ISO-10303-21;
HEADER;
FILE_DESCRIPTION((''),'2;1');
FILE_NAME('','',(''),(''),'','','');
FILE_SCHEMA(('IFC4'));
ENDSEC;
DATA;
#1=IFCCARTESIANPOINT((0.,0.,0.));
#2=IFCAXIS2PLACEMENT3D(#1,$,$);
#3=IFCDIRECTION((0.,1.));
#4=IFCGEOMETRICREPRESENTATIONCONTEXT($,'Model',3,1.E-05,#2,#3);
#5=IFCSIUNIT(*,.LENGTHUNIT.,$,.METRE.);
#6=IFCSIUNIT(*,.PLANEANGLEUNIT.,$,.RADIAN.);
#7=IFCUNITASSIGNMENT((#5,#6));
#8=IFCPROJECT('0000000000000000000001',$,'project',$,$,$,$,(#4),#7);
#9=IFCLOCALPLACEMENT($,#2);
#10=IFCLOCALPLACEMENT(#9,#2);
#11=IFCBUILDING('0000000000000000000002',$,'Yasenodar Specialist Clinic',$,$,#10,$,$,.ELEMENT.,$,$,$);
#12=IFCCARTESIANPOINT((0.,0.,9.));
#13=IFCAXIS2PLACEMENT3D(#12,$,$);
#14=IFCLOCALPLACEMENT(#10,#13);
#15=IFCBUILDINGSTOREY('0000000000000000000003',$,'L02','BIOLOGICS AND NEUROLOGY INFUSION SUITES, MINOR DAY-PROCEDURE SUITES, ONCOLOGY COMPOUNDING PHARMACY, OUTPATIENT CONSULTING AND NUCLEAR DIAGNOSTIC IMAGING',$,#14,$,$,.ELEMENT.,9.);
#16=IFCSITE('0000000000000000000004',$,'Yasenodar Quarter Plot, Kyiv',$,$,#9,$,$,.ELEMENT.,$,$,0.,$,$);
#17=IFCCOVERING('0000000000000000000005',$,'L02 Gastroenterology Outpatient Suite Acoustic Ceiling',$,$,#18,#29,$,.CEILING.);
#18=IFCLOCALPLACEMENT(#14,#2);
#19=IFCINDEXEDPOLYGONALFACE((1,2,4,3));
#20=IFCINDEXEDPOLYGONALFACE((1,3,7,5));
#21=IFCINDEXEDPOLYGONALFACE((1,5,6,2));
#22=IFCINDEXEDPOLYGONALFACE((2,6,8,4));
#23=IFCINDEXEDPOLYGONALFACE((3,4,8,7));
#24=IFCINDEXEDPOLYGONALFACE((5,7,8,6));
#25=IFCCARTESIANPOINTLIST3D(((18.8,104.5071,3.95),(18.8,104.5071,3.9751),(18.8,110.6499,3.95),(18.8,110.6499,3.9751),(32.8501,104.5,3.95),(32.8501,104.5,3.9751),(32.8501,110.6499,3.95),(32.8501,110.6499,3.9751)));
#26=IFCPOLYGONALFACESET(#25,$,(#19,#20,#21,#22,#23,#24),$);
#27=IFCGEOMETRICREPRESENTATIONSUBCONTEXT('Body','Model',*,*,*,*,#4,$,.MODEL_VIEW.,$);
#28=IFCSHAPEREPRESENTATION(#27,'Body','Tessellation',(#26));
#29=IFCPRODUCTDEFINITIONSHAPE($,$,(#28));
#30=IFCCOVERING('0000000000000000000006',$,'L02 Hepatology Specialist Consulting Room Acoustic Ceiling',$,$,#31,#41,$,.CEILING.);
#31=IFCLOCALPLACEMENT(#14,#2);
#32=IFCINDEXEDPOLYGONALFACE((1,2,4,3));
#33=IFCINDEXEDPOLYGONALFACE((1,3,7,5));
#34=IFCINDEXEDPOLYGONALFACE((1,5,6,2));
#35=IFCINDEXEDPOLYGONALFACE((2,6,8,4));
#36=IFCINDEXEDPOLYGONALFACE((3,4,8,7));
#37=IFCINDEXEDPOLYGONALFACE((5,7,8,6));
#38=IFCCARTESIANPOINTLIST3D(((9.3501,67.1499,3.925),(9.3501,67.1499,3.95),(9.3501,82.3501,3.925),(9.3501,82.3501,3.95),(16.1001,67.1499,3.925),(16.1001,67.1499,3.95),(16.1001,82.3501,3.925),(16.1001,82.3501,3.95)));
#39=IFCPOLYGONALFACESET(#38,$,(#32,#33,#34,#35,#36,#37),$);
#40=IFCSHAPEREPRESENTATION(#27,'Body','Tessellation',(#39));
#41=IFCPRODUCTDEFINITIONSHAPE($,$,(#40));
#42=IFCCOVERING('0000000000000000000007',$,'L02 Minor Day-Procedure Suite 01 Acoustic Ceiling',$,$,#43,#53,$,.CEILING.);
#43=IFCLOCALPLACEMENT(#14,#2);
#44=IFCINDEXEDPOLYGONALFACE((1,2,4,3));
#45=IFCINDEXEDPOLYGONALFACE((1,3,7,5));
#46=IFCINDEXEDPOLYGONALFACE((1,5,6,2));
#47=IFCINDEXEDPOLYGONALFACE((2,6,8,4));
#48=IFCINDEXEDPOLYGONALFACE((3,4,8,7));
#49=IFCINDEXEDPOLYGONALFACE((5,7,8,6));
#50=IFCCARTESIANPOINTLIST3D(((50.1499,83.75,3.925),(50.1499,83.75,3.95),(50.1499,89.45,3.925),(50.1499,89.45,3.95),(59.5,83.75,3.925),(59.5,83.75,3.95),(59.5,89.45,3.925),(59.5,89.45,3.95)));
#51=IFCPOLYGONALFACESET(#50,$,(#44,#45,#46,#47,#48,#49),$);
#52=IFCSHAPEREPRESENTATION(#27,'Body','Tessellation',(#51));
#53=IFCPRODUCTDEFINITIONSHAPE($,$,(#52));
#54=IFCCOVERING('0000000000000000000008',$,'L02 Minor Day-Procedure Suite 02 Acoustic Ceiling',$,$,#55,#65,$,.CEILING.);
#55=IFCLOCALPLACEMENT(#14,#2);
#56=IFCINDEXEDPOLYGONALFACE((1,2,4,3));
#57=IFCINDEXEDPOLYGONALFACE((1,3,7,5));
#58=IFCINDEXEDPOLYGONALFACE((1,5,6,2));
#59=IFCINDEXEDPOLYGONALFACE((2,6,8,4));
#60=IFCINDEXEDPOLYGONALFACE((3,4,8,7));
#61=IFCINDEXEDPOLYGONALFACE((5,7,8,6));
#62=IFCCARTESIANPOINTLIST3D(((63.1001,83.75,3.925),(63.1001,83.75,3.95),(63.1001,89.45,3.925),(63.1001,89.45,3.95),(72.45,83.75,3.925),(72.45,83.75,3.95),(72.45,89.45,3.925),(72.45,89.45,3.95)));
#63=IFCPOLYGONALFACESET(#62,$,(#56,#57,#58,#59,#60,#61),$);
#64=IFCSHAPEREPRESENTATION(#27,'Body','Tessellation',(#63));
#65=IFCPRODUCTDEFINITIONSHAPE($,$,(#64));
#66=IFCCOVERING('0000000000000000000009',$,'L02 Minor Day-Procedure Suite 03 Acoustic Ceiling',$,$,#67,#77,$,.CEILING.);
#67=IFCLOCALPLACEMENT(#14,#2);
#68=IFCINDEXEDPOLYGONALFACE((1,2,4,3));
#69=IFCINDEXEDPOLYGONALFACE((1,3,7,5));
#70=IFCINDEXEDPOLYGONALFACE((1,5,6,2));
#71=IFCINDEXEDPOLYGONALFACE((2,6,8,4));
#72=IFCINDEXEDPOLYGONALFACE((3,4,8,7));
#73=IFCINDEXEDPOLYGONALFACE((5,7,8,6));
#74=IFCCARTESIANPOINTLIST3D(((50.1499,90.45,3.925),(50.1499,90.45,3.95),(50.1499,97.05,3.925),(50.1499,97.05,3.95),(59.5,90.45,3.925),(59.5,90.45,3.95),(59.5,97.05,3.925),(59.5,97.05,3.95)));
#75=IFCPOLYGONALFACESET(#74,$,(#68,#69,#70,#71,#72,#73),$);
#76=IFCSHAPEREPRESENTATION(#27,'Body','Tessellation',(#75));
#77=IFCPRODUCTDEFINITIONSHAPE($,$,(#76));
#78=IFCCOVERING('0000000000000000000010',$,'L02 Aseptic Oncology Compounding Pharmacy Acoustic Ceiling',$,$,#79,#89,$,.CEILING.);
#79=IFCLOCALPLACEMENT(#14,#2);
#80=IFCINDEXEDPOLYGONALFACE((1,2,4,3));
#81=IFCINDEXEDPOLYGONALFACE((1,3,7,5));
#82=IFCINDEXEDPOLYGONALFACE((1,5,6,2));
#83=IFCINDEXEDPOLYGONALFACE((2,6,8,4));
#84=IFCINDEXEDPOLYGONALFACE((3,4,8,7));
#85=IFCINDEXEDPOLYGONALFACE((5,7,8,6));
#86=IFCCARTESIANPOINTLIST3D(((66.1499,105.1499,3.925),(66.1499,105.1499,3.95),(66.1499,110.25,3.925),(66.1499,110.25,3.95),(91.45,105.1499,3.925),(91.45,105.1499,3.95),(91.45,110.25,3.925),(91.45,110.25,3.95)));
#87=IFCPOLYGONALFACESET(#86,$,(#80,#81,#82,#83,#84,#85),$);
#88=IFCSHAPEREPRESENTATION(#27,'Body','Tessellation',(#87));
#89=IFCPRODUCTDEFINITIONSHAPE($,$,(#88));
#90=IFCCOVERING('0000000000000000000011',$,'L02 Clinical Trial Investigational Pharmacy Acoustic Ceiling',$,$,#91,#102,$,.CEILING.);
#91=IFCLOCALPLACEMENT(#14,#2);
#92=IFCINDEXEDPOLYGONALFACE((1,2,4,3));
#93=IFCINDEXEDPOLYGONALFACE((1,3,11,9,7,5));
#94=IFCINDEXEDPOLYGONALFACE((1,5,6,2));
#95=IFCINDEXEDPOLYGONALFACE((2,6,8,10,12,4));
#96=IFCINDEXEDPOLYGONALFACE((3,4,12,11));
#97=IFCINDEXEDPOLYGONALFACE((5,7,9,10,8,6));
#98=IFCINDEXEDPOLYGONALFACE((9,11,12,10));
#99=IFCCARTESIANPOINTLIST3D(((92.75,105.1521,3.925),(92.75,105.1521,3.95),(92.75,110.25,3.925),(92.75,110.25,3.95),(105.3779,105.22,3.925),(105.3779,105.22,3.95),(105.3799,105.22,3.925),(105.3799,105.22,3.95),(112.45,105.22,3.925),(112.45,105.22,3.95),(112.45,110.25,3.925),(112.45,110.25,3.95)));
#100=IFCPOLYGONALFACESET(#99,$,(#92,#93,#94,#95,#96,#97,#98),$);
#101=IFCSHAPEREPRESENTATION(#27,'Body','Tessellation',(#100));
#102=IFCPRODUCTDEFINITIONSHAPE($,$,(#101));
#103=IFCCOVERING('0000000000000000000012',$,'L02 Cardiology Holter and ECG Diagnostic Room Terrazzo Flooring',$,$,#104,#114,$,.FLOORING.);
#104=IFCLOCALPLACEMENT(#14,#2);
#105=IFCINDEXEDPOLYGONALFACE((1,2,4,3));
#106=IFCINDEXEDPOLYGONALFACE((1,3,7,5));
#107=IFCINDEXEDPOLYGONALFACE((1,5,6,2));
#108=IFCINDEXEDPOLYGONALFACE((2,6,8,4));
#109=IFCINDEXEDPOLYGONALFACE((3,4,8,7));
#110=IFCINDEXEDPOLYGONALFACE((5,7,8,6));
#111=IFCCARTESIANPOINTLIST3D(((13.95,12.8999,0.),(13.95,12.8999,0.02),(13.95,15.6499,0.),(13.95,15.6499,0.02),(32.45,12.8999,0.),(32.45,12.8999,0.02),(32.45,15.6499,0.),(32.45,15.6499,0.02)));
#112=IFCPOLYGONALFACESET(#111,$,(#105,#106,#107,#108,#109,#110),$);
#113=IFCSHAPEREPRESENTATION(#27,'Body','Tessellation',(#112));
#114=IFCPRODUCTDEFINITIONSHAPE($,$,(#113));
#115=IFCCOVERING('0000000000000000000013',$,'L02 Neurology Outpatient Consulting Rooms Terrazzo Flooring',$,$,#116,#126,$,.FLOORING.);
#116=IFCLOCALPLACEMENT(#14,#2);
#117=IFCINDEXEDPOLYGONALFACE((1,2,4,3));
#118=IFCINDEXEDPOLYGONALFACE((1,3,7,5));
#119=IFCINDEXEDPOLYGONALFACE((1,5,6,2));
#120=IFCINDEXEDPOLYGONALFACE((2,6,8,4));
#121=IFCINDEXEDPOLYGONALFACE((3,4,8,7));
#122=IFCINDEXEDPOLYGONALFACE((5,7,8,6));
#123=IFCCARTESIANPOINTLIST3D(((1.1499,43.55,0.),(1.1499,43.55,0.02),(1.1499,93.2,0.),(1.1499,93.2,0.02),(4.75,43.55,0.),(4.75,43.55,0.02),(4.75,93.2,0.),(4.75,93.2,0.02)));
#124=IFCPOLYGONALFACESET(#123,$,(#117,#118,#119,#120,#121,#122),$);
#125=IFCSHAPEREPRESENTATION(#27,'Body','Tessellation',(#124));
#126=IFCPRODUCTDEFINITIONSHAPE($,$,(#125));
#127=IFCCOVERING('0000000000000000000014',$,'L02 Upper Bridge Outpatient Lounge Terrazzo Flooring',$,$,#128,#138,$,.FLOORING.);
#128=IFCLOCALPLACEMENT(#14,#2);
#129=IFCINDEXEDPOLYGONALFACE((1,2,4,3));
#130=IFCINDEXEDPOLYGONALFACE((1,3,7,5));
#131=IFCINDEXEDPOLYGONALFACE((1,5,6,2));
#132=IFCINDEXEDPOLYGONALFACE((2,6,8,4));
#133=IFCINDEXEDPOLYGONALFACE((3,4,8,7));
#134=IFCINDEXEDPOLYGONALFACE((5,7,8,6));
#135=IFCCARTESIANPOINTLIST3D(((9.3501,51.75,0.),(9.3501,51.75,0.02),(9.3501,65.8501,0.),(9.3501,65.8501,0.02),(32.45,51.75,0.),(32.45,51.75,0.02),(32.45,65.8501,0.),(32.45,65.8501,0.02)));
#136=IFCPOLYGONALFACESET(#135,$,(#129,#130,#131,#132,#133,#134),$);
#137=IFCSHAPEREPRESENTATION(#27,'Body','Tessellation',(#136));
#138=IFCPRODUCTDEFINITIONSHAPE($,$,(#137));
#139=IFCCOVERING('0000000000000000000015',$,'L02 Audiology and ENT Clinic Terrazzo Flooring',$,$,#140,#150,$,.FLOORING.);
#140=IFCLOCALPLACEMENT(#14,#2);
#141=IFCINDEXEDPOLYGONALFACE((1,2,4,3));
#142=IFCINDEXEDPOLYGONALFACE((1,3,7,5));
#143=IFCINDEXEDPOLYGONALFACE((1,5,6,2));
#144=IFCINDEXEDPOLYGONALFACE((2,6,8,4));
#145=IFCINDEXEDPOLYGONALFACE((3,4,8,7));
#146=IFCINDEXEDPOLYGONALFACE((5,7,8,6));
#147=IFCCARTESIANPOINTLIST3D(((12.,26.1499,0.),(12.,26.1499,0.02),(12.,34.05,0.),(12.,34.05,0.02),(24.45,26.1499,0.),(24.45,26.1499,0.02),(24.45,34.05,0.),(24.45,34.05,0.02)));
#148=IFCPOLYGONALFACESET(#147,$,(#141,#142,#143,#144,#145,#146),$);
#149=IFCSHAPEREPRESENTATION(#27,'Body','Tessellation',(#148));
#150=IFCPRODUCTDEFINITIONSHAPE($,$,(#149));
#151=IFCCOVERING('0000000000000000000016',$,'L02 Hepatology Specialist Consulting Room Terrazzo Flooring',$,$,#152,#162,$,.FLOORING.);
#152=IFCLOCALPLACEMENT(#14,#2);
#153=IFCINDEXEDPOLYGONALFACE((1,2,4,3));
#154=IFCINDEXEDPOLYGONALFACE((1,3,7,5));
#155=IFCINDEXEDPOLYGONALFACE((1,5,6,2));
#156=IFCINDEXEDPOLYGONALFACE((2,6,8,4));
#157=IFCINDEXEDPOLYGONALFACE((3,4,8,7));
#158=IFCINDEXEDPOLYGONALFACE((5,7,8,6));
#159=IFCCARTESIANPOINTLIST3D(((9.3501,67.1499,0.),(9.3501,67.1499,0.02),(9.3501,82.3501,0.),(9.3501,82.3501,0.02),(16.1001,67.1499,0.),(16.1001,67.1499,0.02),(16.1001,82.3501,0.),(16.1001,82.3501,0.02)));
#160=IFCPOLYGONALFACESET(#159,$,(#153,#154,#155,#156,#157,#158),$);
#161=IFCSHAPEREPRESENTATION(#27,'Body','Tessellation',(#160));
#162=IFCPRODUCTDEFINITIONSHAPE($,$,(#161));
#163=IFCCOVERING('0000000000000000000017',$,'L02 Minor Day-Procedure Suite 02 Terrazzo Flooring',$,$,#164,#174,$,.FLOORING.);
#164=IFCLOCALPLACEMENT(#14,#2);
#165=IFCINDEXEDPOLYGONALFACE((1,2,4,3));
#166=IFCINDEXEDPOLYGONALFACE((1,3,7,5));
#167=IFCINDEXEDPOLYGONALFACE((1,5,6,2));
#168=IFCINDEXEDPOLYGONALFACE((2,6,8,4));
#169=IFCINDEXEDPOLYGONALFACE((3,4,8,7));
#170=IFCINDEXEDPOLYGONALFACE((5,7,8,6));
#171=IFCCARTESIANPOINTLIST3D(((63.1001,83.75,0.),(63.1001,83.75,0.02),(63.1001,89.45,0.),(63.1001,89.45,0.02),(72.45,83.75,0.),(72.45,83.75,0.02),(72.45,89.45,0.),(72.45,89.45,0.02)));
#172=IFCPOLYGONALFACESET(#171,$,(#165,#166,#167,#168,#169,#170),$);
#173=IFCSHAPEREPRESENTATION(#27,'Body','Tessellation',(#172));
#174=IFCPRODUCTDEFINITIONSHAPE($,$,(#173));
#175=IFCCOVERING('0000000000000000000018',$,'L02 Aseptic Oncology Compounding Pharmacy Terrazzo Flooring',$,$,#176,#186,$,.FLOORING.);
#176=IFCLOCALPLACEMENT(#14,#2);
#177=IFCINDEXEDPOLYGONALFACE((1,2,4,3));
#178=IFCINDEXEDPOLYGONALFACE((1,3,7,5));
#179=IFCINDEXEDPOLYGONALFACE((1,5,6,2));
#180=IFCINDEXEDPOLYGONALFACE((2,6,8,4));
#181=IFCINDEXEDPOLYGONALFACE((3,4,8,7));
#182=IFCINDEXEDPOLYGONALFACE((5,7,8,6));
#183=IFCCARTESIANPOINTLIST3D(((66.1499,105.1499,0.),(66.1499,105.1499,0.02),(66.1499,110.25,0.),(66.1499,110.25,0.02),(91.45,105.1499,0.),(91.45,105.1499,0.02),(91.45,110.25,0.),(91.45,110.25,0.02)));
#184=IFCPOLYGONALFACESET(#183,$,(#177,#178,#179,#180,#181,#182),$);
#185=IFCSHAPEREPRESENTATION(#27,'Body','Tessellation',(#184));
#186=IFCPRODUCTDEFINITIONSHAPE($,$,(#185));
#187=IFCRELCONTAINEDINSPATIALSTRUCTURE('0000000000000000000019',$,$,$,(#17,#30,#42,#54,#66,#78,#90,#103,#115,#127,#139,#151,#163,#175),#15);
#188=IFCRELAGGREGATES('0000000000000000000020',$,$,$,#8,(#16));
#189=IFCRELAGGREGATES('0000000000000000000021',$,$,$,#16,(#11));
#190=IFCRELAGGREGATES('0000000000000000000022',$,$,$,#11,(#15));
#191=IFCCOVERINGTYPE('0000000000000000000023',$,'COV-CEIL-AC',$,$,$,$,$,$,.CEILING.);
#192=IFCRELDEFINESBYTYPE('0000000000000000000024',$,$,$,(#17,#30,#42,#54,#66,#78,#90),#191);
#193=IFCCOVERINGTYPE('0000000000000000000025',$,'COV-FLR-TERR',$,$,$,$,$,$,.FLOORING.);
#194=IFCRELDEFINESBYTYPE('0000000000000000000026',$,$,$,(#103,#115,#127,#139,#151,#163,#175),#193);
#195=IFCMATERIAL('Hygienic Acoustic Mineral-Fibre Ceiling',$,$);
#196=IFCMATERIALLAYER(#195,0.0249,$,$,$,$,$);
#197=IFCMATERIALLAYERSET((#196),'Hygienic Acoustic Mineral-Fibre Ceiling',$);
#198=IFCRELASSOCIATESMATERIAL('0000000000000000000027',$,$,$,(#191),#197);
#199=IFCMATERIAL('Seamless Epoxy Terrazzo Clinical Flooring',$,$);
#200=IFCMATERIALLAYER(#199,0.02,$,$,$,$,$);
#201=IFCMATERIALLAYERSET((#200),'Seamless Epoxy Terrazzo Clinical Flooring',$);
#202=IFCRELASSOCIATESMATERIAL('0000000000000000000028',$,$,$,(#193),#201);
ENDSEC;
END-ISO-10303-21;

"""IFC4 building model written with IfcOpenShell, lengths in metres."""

from ifc_helpers import new_model, si_unit, direction, frame, origin, place, context, subcontext, project, spatial, polyline, outline, extrude, material, layer, layer_set, type_object, element, save


model = new_model("IFC4")

# Units and contexts
model_context = context("Model", 3, precision=1e-05, world=origin(), true_north=direction((0.0, 1.0)))
body_context = subcontext(model_context, "Body", "Model", "MODEL_VIEW")
ifc_project = project(units=[si_unit("LENGTHUNIT", "METRE"), si_unit("PLANEANGLEUNIT", "RADIAN")], contexts=[model_context])

# Site, building, storey
site_placement = place(None, origin())
site = spatial("IfcSite", under=ifc_project, at=site_placement, Name="Yasenodar Quarter Plot, Kyiv", CompositionType="ELEMENT", RefElevation=0.0)
building_placement = place(site_placement, origin())
building = spatial("IfcBuilding", under=site, at=building_placement, Name="Yasenodar Specialist Clinic", CompositionType="ELEMENT")
storey_placement = place(building_placement, frame((0.0, 0.0, 9.0)))
storey = spatial("IfcBuildingStorey", under=building, at=storey_placement, Name="L02", Description="BIOLOGICS AND NEUROLOGY INFUSION SUITES, MINOR DAY-PROCEDURE SUITES, ONCOLOGY COMPOUNDING PHARMACY, OUTPATIENT CONSULTING AND NUCLEAR DIAGNOSTIC IMAGING", CompositionType="ELEMENT", Elevation=9.0)

# Coverings
ifc_material_1 = material(Name="Hygienic Acoustic Mineral-Fibre Ceiling")
ifc_layer_1 = layer(ifc_material_1, 0.0249)
ifc_layer_set_1 = layer_set([ifc_layer_1], Name="Hygienic Acoustic Mineral-Fibre Ceiling")
covering_type_1 = type_object("IfcCoveringType", Name="COV-CEIL-AC", PredefinedType="CEILING", material=ifc_layer_set_1)
covering_1_placement = place(storey_placement, frame((0.0, 0.0, 3.95)))
element("IfcCovering", 1, at=covering_1_placement, inside=storey, type_object=covering_type_1, Name="L02 Gastroenterology Outpatient Suite Acoustic Ceiling", PredefinedType="CEILING", context=body_context, shape_type="SweptSolid", body=[
    extrude(outline(polyline([(32.8501, 104.5), (18.8, 104.5071), (18.8, 110.6499), (32.8501, 110.6499), (32.8501, 104.5)])), origin(), (0.0, 0.0, 1.0), 0.0251),
])
covering_2_placement = place(storey_placement, frame((0.0, 0.0, 3.925)))
element("IfcCovering", 2, at=covering_2_placement, inside=storey, type_object=covering_type_1, Name="L02 Hepatology Specialist Consulting Room Acoustic Ceiling", PredefinedType="CEILING", context=body_context, shape_type="SweptSolid", body=[
    extrude(outline(polyline([(16.1001, 82.3501), (16.1001, 67.1499), (9.3501, 67.1499), (9.3501, 82.3501), (16.1001, 82.3501)])), origin(), (0.0, 0.0, 1.0), 0.0249),
])
covering_3_placement = place(storey_placement, frame((0.0, 0.0, 3.925)))
element("IfcCovering", 3, at=covering_3_placement, inside=storey, type_object=covering_type_1, Name="L02 Minor Day-Procedure Suite 01 Acoustic Ceiling", PredefinedType="CEILING", context=body_context, shape_type="SweptSolid", body=[
    extrude(outline(polyline([(59.5, 89.45), (59.5, 83.75), (50.1499, 83.75), (50.1499, 89.45), (59.5, 89.45)])), origin(), (0.0, 0.0, 1.0), 0.0249),
])
covering_4_placement = place(storey_placement, frame((0.0, 0.0, 3.925)))
element("IfcCovering", 4, at=covering_4_placement, inside=storey, type_object=covering_type_1, Name="L02 Minor Day-Procedure Suite 02 Acoustic Ceiling", PredefinedType="CEILING", context=body_context, shape_type="SweptSolid", body=[
    extrude(outline(polyline([(72.45, 89.45), (72.45, 83.75), (63.1001, 83.75), (63.1001, 89.45), (72.45, 89.45)])), origin(), (0.0, 0.0, 1.0), 0.0249),
])
covering_5_placement = place(storey_placement, frame((0.0, 0.0, 3.925)))
element("IfcCovering", 5, at=covering_5_placement, inside=storey, type_object=covering_type_1, Name="L02 Minor Day-Procedure Suite 03 Acoustic Ceiling", PredefinedType="CEILING", context=body_context, shape_type="SweptSolid", body=[
    extrude(outline(polyline([(59.5, 97.05), (59.5, 90.45), (50.1499, 90.45), (50.1499, 97.05), (59.5, 97.05)])), origin(), (0.0, 0.0, 1.0), 0.0249),
])
covering_6_placement = place(storey_placement, frame((0.0, 0.0, 3.925)))
element("IfcCovering", 6, at=covering_6_placement, inside=storey, type_object=covering_type_1, Name="L02 Aseptic Oncology Compounding Pharmacy Acoustic Ceiling", PredefinedType="CEILING", context=body_context, shape_type="SweptSolid", body=[
    extrude(outline(polyline([(91.45, 105.1499), (66.1499, 105.1499), (66.1499, 110.25), (91.45, 110.25), (91.45, 105.1499)])), origin(), (0.0, 0.0, 1.0), 0.0249),
])
covering_7_placement = place(storey_placement, frame((0.0, 0.0, 3.925)))
element("IfcCovering", 7, at=covering_7_placement, inside=storey, type_object=covering_type_1, Name="L02 Clinical Trial Investigational Pharmacy Acoustic Ceiling", PredefinedType="CEILING", context=body_context, shape_type="SweptSolid", body=[
    extrude(outline(polyline([(112.45, 110.25), (112.45, 105.22), (105.3799, 105.22), (105.3779, 105.22), (92.75, 105.1521), (92.75, 110.25), (112.45, 110.25)])), origin(), (0.0, 0.0, 1.0), 0.0249),
])
ifc_material_2 = material(Name="Seamless Epoxy Terrazzo Clinical Flooring")
ifc_layer_2 = layer(ifc_material_2, 0.02)
ifc_layer_set_2 = layer_set([ifc_layer_2], Name="Seamless Epoxy Terrazzo Clinical Flooring")
covering_type_2 = type_object("IfcCoveringType", Name="COV-FLR-TERR", PredefinedType="FLOORING", material=ifc_layer_set_2)
covering_8_placement = place(storey_placement, origin())
element("IfcCovering", 8, at=covering_8_placement, inside=storey, type_object=covering_type_2, Name="L02 Cardiology Holter and ECG Diagnostic Room Terrazzo Flooring", PredefinedType="FLOORING", context=body_context, shape_type="SweptSolid", body=[
    extrude(outline(polyline([(32.45, 15.6499), (32.45, 12.8999), (13.95, 12.8999), (13.95, 15.6499), (32.45, 15.6499)])), origin(), (0.0, 0.0, 1.0), 0.02),
])
covering_9_placement = place(storey_placement, origin())
element("IfcCovering", 9, at=covering_9_placement, inside=storey, type_object=covering_type_2, Name="L02 Neurology Outpatient Consulting Rooms Terrazzo Flooring", PredefinedType="FLOORING", context=body_context, shape_type="SweptSolid", body=[
    extrude(outline(polyline([(4.75, 93.2), (4.75, 43.55), (1.1499, 43.55), (1.1499, 93.2), (4.75, 93.2)])), origin(), (0.0, 0.0, 1.0), 0.02),
])
covering_10_placement = place(storey_placement, origin())
element("IfcCovering", 10, at=covering_10_placement, inside=storey, type_object=covering_type_2, Name="L02 Upper Bridge Outpatient Lounge Terrazzo Flooring", PredefinedType="FLOORING", context=body_context, shape_type="SweptSolid", body=[
    extrude(outline(polyline([(32.45, 51.75), (9.3501, 51.75), (9.3501, 65.8501), (32.45, 65.8501), (32.45, 51.75)])), origin(), (0.0, 0.0, 1.0), 0.02),
])
covering_11_placement = place(storey_placement, origin())
element("IfcCovering", 11, at=covering_11_placement, inside=storey, type_object=covering_type_2, Name="L02 Audiology and ENT Clinic Terrazzo Flooring", PredefinedType="FLOORING", context=body_context, shape_type="SweptSolid", body=[
    extrude(outline(polyline([(24.45, 26.1499), (12.0, 26.1499), (12.0, 34.05), (24.45, 34.05), (24.45, 26.1499)])), origin(), (0.0, 0.0, 1.0), 0.02),
])
covering_12_placement = place(storey_placement, origin())
element("IfcCovering", 12, at=covering_12_placement, inside=storey, type_object=covering_type_2, Name="L02 Hepatology Specialist Consulting Room Terrazzo Flooring", PredefinedType="FLOORING", context=body_context, shape_type="SweptSolid", body=[
    extrude(outline(polyline([(16.1001, 82.3501), (16.1001, 67.1499), (9.3501, 67.1499), (9.3501, 82.3501), (16.1001, 82.3501)])), origin(), (0.0, 0.0, 1.0), 0.02),
])
covering_13_placement = place(storey_placement, origin())
element("IfcCovering", 13, at=covering_13_placement, inside=storey, type_object=covering_type_2, Name="L02 Minor Day-Procedure Suite 02 Terrazzo Flooring", PredefinedType="FLOORING", context=body_context, shape_type="SweptSolid", body=[
    extrude(outline(polyline([(72.45, 89.45), (72.45, 83.75), (63.1001, 83.75), (63.1001, 89.45), (72.45, 89.45)])), origin(), (0.0, 0.0, 1.0), 0.02),
])
covering_14_placement = place(storey_placement, origin())
element("IfcCovering", 14, at=covering_14_placement, inside=storey, type_object=covering_type_2, Name="L02 Aseptic Oncology Compounding Pharmacy Terrazzo Flooring", PredefinedType="FLOORING", context=body_context, shape_type="SweptSolid", body=[
    extrude(outline(polyline([(91.45, 105.1499), (66.1499, 105.1499), (66.1499, 110.25), (91.45, 110.25), (91.45, 105.1499)])), origin(), (0.0, 0.0, 1.0), 0.02),
])

save(model, "model.ifc")
